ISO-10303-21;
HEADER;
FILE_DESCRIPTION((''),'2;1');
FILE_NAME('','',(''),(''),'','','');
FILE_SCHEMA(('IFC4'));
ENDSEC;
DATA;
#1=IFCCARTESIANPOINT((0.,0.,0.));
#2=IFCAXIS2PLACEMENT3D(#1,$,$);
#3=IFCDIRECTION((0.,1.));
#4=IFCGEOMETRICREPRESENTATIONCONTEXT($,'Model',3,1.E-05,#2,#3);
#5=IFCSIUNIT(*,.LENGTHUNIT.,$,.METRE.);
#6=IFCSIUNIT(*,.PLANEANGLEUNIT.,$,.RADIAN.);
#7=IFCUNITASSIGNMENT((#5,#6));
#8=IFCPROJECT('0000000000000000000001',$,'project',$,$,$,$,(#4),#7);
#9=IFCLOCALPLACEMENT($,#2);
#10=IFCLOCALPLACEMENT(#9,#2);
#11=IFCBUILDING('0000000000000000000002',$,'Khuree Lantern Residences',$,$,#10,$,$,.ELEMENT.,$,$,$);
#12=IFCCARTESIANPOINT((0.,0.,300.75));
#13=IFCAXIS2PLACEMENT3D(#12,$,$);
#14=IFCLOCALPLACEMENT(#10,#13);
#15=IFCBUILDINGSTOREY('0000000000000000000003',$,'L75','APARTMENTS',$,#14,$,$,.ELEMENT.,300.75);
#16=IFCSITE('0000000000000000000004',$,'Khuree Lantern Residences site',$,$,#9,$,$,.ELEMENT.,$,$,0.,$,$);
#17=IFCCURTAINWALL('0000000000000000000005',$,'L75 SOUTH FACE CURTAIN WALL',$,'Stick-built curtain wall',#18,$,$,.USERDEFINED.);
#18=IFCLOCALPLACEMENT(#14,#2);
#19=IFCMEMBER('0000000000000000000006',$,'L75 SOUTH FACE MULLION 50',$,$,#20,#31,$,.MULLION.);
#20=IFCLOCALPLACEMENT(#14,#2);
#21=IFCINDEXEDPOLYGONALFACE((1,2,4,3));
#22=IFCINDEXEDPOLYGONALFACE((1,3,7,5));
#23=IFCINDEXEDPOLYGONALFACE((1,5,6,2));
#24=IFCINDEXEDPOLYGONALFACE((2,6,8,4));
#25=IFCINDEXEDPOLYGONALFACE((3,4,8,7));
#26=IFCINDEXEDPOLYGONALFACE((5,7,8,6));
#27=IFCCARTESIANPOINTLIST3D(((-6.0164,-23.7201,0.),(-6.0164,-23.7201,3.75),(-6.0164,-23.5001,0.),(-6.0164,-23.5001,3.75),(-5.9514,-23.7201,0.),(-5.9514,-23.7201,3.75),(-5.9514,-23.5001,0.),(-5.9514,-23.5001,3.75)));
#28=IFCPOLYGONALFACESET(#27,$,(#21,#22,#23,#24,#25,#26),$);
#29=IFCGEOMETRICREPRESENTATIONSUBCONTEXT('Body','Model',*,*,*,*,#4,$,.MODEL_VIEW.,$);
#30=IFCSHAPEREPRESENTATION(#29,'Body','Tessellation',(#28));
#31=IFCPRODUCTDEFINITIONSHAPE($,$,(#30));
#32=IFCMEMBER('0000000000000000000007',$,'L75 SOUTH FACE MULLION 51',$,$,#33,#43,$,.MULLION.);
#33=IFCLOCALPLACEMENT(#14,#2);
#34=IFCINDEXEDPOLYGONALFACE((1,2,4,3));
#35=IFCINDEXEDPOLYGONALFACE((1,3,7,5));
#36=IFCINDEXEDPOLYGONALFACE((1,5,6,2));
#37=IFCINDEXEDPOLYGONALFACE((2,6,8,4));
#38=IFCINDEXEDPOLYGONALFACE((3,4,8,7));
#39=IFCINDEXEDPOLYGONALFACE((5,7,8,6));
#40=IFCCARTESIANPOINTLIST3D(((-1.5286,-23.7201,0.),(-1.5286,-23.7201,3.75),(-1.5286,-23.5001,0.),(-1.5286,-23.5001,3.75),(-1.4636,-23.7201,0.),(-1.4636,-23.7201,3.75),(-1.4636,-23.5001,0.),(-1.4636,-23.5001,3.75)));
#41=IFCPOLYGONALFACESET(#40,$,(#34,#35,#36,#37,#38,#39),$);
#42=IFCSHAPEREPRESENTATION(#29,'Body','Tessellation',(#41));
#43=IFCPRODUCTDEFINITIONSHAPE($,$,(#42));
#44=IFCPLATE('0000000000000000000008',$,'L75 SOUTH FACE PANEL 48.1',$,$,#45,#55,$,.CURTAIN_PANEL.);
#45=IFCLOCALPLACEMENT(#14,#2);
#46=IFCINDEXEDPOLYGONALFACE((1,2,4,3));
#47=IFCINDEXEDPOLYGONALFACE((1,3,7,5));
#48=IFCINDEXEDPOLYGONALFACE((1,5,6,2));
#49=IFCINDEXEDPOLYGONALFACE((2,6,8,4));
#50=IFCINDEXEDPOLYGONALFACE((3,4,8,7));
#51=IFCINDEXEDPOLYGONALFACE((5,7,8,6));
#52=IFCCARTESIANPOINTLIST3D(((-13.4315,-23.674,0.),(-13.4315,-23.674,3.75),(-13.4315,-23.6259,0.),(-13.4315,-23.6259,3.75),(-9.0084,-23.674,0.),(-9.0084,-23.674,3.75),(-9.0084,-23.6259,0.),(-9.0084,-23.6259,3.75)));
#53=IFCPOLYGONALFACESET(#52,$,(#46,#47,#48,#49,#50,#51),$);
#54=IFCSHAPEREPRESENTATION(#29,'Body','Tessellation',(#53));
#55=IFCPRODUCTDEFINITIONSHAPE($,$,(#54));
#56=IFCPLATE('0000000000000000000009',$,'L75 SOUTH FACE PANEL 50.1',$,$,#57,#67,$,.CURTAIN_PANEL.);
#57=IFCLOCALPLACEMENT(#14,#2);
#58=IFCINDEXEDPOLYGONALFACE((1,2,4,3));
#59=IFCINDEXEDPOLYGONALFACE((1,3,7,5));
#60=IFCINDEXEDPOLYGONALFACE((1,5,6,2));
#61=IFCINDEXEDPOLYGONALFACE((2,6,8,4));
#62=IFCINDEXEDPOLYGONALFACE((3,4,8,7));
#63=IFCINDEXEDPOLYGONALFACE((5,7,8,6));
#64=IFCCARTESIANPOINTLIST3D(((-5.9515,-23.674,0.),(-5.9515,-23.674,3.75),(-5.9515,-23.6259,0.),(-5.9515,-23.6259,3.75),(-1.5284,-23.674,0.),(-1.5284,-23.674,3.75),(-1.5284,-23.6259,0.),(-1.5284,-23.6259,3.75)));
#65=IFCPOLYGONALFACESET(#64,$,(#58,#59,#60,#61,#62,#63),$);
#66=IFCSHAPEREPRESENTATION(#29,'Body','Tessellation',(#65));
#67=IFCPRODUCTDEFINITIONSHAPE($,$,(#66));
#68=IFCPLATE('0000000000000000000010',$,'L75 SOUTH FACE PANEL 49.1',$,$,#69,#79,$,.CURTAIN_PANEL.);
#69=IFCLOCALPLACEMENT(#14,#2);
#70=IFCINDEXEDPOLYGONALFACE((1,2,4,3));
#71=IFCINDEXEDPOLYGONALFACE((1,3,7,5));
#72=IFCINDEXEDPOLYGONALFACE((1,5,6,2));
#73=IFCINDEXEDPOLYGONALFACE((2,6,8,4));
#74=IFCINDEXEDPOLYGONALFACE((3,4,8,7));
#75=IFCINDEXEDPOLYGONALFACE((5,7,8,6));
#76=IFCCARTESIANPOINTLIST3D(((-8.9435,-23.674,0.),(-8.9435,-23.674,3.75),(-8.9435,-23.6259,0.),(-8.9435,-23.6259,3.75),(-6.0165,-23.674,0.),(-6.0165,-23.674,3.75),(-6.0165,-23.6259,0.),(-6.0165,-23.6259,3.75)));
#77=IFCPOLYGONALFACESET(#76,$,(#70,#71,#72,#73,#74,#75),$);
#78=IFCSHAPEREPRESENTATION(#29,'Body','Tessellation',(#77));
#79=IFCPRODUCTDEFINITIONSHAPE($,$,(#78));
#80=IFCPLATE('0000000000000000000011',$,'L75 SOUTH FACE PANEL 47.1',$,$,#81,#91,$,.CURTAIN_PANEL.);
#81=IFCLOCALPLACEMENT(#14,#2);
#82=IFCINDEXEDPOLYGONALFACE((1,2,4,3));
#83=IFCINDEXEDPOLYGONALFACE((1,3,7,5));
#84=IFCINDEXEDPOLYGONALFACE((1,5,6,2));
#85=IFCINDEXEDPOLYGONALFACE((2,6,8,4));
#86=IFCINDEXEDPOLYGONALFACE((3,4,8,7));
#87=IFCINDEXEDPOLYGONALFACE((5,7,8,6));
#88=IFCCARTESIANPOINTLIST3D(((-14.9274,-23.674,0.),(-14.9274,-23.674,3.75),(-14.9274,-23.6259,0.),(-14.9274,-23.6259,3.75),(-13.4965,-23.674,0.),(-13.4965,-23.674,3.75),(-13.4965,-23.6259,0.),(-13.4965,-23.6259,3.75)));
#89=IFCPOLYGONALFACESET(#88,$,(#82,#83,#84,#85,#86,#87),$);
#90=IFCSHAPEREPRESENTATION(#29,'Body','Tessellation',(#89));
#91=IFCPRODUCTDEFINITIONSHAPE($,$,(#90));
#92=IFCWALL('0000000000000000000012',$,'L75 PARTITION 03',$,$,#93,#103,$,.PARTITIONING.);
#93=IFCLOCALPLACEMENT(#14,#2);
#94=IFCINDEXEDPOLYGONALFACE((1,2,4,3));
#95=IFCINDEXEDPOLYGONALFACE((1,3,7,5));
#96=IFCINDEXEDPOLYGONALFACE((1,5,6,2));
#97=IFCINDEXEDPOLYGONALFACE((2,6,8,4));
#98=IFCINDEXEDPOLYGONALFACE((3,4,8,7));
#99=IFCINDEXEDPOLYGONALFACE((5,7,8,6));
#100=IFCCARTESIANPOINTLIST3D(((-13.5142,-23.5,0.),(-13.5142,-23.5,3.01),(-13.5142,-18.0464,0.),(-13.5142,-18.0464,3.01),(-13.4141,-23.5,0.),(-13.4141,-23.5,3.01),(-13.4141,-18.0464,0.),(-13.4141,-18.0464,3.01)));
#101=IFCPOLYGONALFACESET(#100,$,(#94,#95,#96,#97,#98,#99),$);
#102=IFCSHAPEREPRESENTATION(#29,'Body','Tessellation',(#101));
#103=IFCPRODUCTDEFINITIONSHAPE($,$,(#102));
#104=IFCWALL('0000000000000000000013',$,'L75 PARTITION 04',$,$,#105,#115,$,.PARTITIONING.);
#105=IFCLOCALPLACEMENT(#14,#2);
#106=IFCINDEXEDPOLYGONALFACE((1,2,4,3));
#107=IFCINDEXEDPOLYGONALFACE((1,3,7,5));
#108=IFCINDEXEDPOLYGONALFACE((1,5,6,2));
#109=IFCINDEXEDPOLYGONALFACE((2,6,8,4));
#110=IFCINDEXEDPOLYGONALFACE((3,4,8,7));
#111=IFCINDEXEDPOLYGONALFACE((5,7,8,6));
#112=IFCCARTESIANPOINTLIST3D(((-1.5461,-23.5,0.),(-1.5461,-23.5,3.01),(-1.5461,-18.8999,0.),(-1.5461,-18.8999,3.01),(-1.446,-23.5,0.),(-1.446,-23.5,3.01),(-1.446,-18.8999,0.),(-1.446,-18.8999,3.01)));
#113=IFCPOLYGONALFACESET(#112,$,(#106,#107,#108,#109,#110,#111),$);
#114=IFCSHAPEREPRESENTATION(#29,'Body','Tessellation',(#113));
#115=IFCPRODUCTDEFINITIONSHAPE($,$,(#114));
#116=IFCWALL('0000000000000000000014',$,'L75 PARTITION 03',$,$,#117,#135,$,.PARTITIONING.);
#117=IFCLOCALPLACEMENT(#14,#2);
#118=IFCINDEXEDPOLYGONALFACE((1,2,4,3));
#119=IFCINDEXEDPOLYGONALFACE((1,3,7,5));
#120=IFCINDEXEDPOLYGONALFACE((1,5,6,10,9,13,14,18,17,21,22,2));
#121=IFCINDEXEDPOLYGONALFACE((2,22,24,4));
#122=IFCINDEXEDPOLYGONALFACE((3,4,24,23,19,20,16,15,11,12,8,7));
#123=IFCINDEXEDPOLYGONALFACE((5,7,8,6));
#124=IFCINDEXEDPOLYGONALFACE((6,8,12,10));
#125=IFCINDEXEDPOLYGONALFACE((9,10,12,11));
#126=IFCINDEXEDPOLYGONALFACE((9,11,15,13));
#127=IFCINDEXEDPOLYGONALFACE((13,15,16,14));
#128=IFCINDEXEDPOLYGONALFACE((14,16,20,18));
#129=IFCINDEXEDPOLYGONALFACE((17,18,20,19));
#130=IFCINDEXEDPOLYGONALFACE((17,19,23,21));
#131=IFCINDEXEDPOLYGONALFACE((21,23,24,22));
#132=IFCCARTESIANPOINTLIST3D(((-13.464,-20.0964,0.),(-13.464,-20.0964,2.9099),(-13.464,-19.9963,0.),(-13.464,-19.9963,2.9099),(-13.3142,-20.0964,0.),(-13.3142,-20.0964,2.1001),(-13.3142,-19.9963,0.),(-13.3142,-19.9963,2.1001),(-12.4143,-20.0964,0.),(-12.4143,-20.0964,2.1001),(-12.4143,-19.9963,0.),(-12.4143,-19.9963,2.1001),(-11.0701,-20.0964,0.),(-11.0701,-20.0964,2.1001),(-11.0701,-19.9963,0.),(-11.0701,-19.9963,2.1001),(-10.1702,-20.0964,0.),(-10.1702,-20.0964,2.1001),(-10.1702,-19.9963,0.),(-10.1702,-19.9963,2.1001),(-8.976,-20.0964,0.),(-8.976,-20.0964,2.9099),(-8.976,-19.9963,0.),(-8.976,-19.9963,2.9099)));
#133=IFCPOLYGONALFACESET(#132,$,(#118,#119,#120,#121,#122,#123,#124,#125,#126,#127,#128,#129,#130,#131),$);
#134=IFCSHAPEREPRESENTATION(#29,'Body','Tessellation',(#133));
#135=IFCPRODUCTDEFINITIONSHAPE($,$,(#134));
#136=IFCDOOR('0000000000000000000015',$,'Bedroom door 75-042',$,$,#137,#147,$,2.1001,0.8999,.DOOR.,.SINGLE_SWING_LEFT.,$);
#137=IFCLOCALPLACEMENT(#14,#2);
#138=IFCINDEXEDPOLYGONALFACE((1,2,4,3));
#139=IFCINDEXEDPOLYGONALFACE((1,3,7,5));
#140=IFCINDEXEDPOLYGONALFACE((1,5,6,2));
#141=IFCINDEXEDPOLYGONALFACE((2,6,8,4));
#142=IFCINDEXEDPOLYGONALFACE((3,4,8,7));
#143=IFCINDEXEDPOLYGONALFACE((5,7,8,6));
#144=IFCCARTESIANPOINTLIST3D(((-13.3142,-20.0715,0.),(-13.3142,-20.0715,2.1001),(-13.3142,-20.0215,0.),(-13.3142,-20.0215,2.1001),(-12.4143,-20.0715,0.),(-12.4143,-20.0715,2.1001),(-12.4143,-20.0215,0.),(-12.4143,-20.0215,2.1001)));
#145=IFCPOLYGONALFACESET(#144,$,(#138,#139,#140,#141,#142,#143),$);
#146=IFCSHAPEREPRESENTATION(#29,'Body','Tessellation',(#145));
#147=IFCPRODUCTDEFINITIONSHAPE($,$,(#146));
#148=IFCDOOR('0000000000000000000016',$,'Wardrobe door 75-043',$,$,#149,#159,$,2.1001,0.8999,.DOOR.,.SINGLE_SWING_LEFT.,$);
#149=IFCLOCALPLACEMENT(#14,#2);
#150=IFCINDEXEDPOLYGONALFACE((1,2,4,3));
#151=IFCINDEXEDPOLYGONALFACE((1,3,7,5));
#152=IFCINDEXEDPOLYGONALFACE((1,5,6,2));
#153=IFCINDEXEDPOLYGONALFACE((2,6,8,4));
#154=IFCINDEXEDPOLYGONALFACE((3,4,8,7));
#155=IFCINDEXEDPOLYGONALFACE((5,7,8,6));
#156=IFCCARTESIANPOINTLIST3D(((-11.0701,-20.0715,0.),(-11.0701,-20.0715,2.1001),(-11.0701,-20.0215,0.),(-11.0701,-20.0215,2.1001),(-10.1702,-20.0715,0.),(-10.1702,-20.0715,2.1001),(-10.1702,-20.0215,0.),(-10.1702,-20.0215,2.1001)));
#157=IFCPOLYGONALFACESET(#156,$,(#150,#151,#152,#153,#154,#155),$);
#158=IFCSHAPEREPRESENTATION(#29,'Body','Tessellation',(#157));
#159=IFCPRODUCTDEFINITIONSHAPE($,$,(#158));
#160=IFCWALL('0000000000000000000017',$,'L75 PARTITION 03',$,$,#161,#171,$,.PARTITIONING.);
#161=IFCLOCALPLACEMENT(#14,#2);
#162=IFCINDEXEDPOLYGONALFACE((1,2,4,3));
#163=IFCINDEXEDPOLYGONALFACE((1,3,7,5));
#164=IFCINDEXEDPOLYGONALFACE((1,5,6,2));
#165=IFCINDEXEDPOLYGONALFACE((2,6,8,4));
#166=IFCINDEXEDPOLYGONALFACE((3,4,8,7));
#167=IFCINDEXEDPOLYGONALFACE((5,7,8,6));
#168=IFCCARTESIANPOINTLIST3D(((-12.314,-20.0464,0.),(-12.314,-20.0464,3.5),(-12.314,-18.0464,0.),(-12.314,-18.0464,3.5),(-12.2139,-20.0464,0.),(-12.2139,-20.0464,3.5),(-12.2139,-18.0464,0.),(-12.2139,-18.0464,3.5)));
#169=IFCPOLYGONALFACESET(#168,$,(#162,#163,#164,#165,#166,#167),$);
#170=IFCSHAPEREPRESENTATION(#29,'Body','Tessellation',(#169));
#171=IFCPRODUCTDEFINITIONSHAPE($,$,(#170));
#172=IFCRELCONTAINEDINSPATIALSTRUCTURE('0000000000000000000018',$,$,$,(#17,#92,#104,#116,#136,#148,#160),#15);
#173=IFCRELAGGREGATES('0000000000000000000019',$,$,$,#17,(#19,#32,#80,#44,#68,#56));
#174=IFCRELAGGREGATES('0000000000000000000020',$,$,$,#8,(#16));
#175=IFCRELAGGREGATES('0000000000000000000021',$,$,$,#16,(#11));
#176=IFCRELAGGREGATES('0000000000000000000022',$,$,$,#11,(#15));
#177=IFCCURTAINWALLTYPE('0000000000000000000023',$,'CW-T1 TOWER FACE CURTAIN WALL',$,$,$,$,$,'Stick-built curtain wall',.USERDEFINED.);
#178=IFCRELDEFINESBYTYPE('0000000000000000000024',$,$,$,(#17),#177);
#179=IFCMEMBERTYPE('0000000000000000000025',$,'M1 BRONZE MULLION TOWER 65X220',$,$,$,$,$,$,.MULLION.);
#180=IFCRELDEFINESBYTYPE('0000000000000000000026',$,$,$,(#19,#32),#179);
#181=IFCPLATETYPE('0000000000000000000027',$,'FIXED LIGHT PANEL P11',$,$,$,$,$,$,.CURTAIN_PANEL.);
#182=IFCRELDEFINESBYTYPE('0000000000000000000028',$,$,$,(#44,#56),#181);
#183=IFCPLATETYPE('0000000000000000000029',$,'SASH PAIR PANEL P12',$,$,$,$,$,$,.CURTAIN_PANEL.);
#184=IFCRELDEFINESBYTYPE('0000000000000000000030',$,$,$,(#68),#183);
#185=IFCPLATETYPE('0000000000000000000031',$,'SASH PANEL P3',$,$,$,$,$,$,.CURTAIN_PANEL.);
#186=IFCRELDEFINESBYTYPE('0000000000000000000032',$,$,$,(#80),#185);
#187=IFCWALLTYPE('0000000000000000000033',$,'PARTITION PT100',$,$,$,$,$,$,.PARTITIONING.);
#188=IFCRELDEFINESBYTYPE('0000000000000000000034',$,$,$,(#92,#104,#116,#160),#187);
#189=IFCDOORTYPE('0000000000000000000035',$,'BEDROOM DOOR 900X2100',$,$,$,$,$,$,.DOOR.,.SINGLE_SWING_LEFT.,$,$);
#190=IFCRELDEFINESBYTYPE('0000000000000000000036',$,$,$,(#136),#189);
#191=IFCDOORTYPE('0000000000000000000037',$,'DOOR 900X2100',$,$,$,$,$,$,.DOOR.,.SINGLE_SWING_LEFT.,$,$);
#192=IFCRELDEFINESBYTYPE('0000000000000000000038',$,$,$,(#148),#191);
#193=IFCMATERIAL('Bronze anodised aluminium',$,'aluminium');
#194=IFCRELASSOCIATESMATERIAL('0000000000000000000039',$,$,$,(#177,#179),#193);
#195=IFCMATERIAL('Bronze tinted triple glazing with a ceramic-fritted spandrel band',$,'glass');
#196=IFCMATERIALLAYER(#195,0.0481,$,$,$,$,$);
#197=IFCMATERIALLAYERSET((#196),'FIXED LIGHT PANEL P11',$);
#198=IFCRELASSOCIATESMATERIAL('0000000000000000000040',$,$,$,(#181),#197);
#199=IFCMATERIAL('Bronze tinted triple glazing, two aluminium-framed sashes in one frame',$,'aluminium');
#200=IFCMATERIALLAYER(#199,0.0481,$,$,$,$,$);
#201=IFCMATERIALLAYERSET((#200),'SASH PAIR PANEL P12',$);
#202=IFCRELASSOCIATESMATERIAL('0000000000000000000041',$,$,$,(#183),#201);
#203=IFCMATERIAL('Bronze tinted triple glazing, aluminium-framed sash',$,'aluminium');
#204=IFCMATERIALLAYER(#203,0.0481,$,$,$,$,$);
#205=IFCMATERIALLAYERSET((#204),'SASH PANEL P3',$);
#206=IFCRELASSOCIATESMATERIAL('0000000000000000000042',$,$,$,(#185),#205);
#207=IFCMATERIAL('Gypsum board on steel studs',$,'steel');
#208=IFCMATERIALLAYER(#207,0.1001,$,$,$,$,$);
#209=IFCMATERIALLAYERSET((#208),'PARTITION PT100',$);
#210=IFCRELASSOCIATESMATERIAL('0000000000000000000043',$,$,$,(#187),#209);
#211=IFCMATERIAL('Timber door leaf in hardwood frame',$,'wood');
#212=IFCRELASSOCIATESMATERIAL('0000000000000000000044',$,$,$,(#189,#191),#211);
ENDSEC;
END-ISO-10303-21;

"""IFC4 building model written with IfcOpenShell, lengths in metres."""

from ifc_helpers import new_model, si_unit, direction, frame, frame_2d, origin, origin_2d, place, context, subcontext, project, spatial, rectangle, extrude, material, layer, layer_set, material_profile, profile_set, type_object, element, fill, aggregate, save


model = new_model("IFC4")

# Units and contexts
model_context = context("Model", 3, precision=1e-05, world=origin(), true_north=direction((0.0, 1.0)))
body_context = subcontext(model_context, "Body", "Model", "MODEL_VIEW")
ifc_project = project(units=[si_unit("LENGTHUNIT", "METRE"), si_unit("PLANEANGLEUNIT", "RADIAN")], contexts=[model_context])

# Site, building, storey
site_placement = place(None, origin())
site = spatial("IfcSite", under=ifc_project, at=site_placement, Name="Khuree Lantern Residences site", CompositionType="ELEMENT", RefElevation=0.0)
building_placement = place(site_placement, origin())
building = spatial("IfcBuilding", under=site, at=building_placement, Name="Khuree Lantern Residences", CompositionType="ELEMENT")
storey_placement = place(building_placement, frame((0.0, 0.0, 300.75)))
storey = spatial("IfcBuildingStorey", under=building, at=storey_placement, Name="L75", Description="APARTMENTS", CompositionType="ELEMENT", Elevation=300.75)

# Curtain wall
ifc_material_1 = material(Name="Bronze anodised aluminium", Category="aluminium")
curtain_wall_type = type_object("IfcCurtainWallType", Name="CW-T1 TOWER FACE CURTAIN WALL", ElementType="Stick-built curtain wall", PredefinedType="USERDEFINED", material=ifc_material_1)
curtain_wall_placement = place(storey_placement, origin())
curtain_wall = element("IfcCurtainWall", 1, at=curtain_wall_placement, inside=storey, type_object=curtain_wall_type, Name="L75 SOUTH FACE CURTAIN WALL", ObjectType="Stick-built curtain wall", PredefinedType="USERDEFINED")

# Members
ifc_material_profile_1 = material_profile(ifc_material_1, rectangle(XDim=0.0649, YDim=0.22, at=origin_2d()), Name="M1 65X220")
ifc_profile_set_1 = profile_set([ifc_material_profile_1], Name="Bronze anodised aluminium")
member_type_1 = type_object("IfcMemberType", Name="M1 BRONZE MULLION TOWER 65X220", PredefinedType="MULLION", material=ifc_profile_set_1)
member_1_placement = place(storey_placement, frame((-5.9839, -23.6101, 0.0), z_axis=(0.0, 0.0, 1.0), x_axis=(1.0, 0.0, 0.0)))
member_1 = element("IfcMember", 2, at=member_1_placement, type_object=member_type_1, Name="L75 SOUTH FACE MULLION 50", PredefinedType="MULLION", context=body_context, shape_type="SweptSolid", body=[
    extrude(rectangle(XDim=0.0649, YDim=0.22, at=origin_2d()), origin(), (0.0, 0.0, 1.0), 3.75),
])
member_2_placement = place(storey_placement, frame((-1.4961, -23.6101, 0.0), z_axis=(0.0, 0.0, 1.0), x_axis=(1.0, 0.0, 0.0)))
member_2 = element("IfcMember", 3, at=member_2_placement, type_object=member_type_1, Name="L75 SOUTH FACE MULLION 51", PredefinedType="MULLION", context=body_context, shape_type="SweptSolid", body=[
    extrude(rectangle(XDim=0.0649, YDim=0.22, at=origin_2d()), origin(), (0.0, 0.0, 1.0), 3.75),
])

# Plates
ifc_material_2 = material(Name="Bronze tinted triple glazing with a ceramic-fritted spandrel band", Category="glass")
ifc_layer_1 = layer(ifc_material_2, 0.0481)
ifc_layer_set_1 = layer_set([ifc_layer_1], Name="FIXED LIGHT PANEL P11")
plate_type_1 = type_object("IfcPlateType", Name="FIXED LIGHT PANEL P11", PredefinedType="CURTAIN_PANEL", material=ifc_layer_set_1)
plate_1_placement = place(storey_placement, frame((-11.22, -23.6499, 0.0), z_axis=(0.0, 0.0, 1.0), x_axis=(1.0, 0.0, 0.0)))
plate_1 = element("IfcPlate", 4, at=plate_1_placement, type_object=plate_type_1, Name="L75 SOUTH FACE PANEL 48.1", PredefinedType="CURTAIN_PANEL", context=body_context, shape_type="SweptSolid", body=[
    extrude(rectangle(XDim=4.4231, YDim=0.0481, at=origin_2d()), origin(), (0.0, 0.0, 1.0), 3.75),
])
plate_2_placement = place(storey_placement, frame((-3.74, -23.6499, 0.0), z_axis=(0.0, 0.0, 1.0), x_axis=(1.0, 0.0, 0.0)))
plate_2 = element("IfcPlate", 5, at=plate_2_placement, type_object=plate_type_1, Name="L75 SOUTH FACE PANEL 50.1", PredefinedType="CURTAIN_PANEL", context=body_context, shape_type="SweptSolid", body=[
    extrude(rectangle(XDim=4.4231, YDim=0.0481, at=origin_2d()), origin(), (0.0, 0.0, 1.0), 3.75),
])
ifc_material_3 = material(Name="Bronze tinted triple glazing, two aluminium-framed sashes in one frame", Category="aluminium")
ifc_layer_2 = layer(ifc_material_3, 0.0481)
ifc_layer_set_2 = layer_set([ifc_layer_2], Name="SASH PAIR PANEL P12")
plate_type_2 = type_object("IfcPlateType", Name="SASH PAIR PANEL P12", PredefinedType="CURTAIN_PANEL", material=ifc_layer_set_2)
plate_3_placement = place(storey_placement, frame((-7.48, -23.6499, 0.0), z_axis=(0.0, 0.0, 1.0), x_axis=(1.0, 0.0, 0.0)))
plate_3 = element("IfcPlate", 6, at=plate_3_placement, type_object=plate_type_2, Name="L75 SOUTH FACE PANEL 49.1", PredefinedType="CURTAIN_PANEL", context=body_context, shape_type="SweptSolid", body=[
    extrude(rectangle(XDim=2.927, YDim=0.0481, at=origin_2d()), origin(), (0.0, 0.0, 1.0), 3.75),
])
ifc_material_4 = material(Name="Bronze tinted triple glazing, aluminium-framed sash", Category="aluminium")
ifc_layer_3 = layer(ifc_material_4, 0.0481)
ifc_layer_set_3 = layer_set([ifc_layer_3], Name="SASH PANEL P3")
plate_type_3 = type_object("IfcPlateType", Name="SASH PANEL P3", PredefinedType="CURTAIN_PANEL", material=ifc_layer_set_3)
plate_4_placement = place(storey_placement, frame((-14.2119, -23.6499, 0.0), z_axis=(0.0, 0.0, 1.0), x_axis=(1.0, 0.0, 0.0)))
plate_4 = element("IfcPlate", 7, at=plate_4_placement, type_object=plate_type_3, Name="L75 SOUTH FACE PANEL 47.1", PredefinedType="CURTAIN_PANEL", context=body_context, shape_type="SweptSolid", body=[
    extrude(rectangle(XDim=1.4309, YDim=0.0481, at=origin_2d()), origin(), (0.0, 0.0, 1.0), 3.75),
])
aggregate(curtain_wall, [member_1, member_2, plate_4, plate_1, plate_3, plate_2])

# Walls
ifc_material_5 = material(Name="Gypsum board on steel studs", Category="steel")
ifc_layer_4 = layer(ifc_material_5, 0.1001)
ifc_layer_set_4 = layer_set([ifc_layer_4], Name="PARTITION PT100")
wall_type = type_object("IfcWallType", Name="PARTITION PT100", PredefinedType="PARTITIONING", material=ifc_layer_set_4)
wall_1_placement = place(storey_placement, frame((-13.4641, -18.0464, 0.0), z_axis=(0.0, 0.0, 1.0), x_axis=(0.0, -1.0, 0.0)))
element("IfcWall", 8, at=wall_1_placement, inside=storey, type_object=wall_type, Name="L75 PARTITION 03", PredefinedType="PARTITIONING", context=body_context, shape_type="SweptSolid", body=[
    extrude(rectangle(XDim=5.4536, YDim=0.1001, at=frame_2d((2.7268, 0.0))), origin(), (0.0, 0.0, 1.0), 3.01),
])
wall_2_placement = place(storey_placement, frame((-1.4961, -18.8999, 0.0), z_axis=(0.0, 0.0, 1.0), x_axis=(0.0, -1.0, 0.0)))
element("IfcWall", 9, at=wall_2_placement, inside=storey, type_object=wall_type, Name="L75 PARTITION 04", PredefinedType="PARTITIONING", context=body_context, shape_type="SweptSolid", body=[
    extrude(rectangle(XDim=4.6001, YDim=0.1001, at=frame_2d((2.3, 0.0))), origin(), (0.0, 0.0, 1.0), 3.01),
])

# Wall, openings, doors
wall_3_placement = place(storey_placement, frame((-13.4641, -20.0464, 0.0), z_axis=(0.0, 0.0, 1.0), x_axis=(1.0, 0.0, 0.0)))
wall_3 = element("IfcWall", 10, at=wall_3_placement, inside=storey, type_object=wall_type, Name="L75 PARTITION 03", PredefinedType="PARTITIONING", context=body_context, shape_type="SweptSolid", body=[
    extrude(rectangle(XDim=4.488, YDim=0.1001, at=frame_2d((2.2441, 0.0))), origin(), (0.0, 0.0, 1.0), 2.9099),
])
opening_1_placement = place(wall_3_placement, frame((0.1499, 0.0, 0.0)))
opening_1 = element("IfcOpeningElement", 11, at=opening_1_placement, cuts=wall_3, PredefinedType="OPENING", context=body_context, shape_type="SweptSolid", body=[
    extrude(rectangle(XDim=0.8999, YDim=2.1001, at=frame_2d((0.45, 1.05))), frame((0.0, 0.0601, 0.0), z_axis=(0.0, -1.0, 0.0), x_axis=(1.0, 0.0, 0.0)), (0.0, 0.0, 1.0), 0.1201),
])
opening_2_placement = place(wall_3_placement, frame((2.394, 0.0, 0.0)))
opening_2 = element("IfcOpeningElement", 12, at=opening_2_placement, cuts=wall_3, PredefinedType="OPENING", context=body_context, shape_type="SweptSolid", body=[
    extrude(rectangle(XDim=0.8999, YDim=2.1001, at=frame_2d((0.45, 1.05))), frame((0.0, 0.0601, 0.0), z_axis=(0.0, -1.0, 0.0), x_axis=(1.0, 0.0, 0.0)), (0.0, 0.0, 1.0), 0.1201),
])
ifc_material_6 = material(Name="Timber door leaf in hardwood frame", Category="wood")
door_type_1 = type_object("IfcDoorType", Name="BEDROOM DOOR 900X2100", OperationType="SINGLE_SWING_LEFT", PredefinedType="DOOR", material=ifc_material_6)
door_1_placement = place(opening_1_placement, origin())
door_1 = element("IfcDoor", 13, at=door_1_placement, inside=storey, type_object=door_type_1, Name="Bedroom door 75-042", OperationType="SINGLE_SWING_LEFT", OverallHeight=2.1001, OverallWidth=0.8999, PredefinedType="DOOR", context=body_context, shape_type="SweptSolid", body=[
    extrude(rectangle(XDim=0.8999, YDim=2.1001, at=frame_2d((0.45, 1.05))), frame((0.0, 0.0249, 0.0), z_axis=(0.0, -1.0, 0.0), x_axis=(1.0, 0.0, 0.0)), (0.0, 0.0, 1.0), 0.05),
])
fill(opening_1, door_1)
door_type_2 = type_object("IfcDoorType", Name="DOOR 900X2100", OperationType="SINGLE_SWING_LEFT", PredefinedType="DOOR", material=ifc_material_6)
door_2_placement = place(opening_2_placement, origin())
door_2 = element("IfcDoor", 14, at=door_2_placement, inside=storey, type_object=door_type_2, Name="Wardrobe door 75-043", OperationType="SINGLE_SWING_LEFT", OverallHeight=2.1001, OverallWidth=0.8999, PredefinedType="DOOR", context=body_context, shape_type="SweptSolid", body=[
    extrude(rectangle(XDim=0.8999, YDim=2.1001, at=frame_2d((0.45, 1.05))), frame((0.0, 0.0249, 0.0), z_axis=(0.0, -1.0, 0.0), x_axis=(1.0, 0.0, 0.0)), (0.0, 0.0, 1.0), 0.05),
])
fill(opening_2, door_2)

# Wall
wall_4_placement = place(storey_placement, frame((-12.2639, -18.0464, 0.0), z_axis=(0.0, 0.0, 1.0), x_axis=(0.0, -1.0, 0.0)))
element("IfcWall", 15, at=wall_4_placement, inside=storey, type_object=wall_type, Name="L75 PARTITION 03", PredefinedType="PARTITIONING", context=body_context, shape_type="SweptSolid", body=[
    extrude(rectangle(XDim=2.0, YDim=0.1001, at=frame_2d((1.0, 0.0))), origin(), (0.0, 0.0, 1.0), 3.5),
])

save(model, "model.ifc")
